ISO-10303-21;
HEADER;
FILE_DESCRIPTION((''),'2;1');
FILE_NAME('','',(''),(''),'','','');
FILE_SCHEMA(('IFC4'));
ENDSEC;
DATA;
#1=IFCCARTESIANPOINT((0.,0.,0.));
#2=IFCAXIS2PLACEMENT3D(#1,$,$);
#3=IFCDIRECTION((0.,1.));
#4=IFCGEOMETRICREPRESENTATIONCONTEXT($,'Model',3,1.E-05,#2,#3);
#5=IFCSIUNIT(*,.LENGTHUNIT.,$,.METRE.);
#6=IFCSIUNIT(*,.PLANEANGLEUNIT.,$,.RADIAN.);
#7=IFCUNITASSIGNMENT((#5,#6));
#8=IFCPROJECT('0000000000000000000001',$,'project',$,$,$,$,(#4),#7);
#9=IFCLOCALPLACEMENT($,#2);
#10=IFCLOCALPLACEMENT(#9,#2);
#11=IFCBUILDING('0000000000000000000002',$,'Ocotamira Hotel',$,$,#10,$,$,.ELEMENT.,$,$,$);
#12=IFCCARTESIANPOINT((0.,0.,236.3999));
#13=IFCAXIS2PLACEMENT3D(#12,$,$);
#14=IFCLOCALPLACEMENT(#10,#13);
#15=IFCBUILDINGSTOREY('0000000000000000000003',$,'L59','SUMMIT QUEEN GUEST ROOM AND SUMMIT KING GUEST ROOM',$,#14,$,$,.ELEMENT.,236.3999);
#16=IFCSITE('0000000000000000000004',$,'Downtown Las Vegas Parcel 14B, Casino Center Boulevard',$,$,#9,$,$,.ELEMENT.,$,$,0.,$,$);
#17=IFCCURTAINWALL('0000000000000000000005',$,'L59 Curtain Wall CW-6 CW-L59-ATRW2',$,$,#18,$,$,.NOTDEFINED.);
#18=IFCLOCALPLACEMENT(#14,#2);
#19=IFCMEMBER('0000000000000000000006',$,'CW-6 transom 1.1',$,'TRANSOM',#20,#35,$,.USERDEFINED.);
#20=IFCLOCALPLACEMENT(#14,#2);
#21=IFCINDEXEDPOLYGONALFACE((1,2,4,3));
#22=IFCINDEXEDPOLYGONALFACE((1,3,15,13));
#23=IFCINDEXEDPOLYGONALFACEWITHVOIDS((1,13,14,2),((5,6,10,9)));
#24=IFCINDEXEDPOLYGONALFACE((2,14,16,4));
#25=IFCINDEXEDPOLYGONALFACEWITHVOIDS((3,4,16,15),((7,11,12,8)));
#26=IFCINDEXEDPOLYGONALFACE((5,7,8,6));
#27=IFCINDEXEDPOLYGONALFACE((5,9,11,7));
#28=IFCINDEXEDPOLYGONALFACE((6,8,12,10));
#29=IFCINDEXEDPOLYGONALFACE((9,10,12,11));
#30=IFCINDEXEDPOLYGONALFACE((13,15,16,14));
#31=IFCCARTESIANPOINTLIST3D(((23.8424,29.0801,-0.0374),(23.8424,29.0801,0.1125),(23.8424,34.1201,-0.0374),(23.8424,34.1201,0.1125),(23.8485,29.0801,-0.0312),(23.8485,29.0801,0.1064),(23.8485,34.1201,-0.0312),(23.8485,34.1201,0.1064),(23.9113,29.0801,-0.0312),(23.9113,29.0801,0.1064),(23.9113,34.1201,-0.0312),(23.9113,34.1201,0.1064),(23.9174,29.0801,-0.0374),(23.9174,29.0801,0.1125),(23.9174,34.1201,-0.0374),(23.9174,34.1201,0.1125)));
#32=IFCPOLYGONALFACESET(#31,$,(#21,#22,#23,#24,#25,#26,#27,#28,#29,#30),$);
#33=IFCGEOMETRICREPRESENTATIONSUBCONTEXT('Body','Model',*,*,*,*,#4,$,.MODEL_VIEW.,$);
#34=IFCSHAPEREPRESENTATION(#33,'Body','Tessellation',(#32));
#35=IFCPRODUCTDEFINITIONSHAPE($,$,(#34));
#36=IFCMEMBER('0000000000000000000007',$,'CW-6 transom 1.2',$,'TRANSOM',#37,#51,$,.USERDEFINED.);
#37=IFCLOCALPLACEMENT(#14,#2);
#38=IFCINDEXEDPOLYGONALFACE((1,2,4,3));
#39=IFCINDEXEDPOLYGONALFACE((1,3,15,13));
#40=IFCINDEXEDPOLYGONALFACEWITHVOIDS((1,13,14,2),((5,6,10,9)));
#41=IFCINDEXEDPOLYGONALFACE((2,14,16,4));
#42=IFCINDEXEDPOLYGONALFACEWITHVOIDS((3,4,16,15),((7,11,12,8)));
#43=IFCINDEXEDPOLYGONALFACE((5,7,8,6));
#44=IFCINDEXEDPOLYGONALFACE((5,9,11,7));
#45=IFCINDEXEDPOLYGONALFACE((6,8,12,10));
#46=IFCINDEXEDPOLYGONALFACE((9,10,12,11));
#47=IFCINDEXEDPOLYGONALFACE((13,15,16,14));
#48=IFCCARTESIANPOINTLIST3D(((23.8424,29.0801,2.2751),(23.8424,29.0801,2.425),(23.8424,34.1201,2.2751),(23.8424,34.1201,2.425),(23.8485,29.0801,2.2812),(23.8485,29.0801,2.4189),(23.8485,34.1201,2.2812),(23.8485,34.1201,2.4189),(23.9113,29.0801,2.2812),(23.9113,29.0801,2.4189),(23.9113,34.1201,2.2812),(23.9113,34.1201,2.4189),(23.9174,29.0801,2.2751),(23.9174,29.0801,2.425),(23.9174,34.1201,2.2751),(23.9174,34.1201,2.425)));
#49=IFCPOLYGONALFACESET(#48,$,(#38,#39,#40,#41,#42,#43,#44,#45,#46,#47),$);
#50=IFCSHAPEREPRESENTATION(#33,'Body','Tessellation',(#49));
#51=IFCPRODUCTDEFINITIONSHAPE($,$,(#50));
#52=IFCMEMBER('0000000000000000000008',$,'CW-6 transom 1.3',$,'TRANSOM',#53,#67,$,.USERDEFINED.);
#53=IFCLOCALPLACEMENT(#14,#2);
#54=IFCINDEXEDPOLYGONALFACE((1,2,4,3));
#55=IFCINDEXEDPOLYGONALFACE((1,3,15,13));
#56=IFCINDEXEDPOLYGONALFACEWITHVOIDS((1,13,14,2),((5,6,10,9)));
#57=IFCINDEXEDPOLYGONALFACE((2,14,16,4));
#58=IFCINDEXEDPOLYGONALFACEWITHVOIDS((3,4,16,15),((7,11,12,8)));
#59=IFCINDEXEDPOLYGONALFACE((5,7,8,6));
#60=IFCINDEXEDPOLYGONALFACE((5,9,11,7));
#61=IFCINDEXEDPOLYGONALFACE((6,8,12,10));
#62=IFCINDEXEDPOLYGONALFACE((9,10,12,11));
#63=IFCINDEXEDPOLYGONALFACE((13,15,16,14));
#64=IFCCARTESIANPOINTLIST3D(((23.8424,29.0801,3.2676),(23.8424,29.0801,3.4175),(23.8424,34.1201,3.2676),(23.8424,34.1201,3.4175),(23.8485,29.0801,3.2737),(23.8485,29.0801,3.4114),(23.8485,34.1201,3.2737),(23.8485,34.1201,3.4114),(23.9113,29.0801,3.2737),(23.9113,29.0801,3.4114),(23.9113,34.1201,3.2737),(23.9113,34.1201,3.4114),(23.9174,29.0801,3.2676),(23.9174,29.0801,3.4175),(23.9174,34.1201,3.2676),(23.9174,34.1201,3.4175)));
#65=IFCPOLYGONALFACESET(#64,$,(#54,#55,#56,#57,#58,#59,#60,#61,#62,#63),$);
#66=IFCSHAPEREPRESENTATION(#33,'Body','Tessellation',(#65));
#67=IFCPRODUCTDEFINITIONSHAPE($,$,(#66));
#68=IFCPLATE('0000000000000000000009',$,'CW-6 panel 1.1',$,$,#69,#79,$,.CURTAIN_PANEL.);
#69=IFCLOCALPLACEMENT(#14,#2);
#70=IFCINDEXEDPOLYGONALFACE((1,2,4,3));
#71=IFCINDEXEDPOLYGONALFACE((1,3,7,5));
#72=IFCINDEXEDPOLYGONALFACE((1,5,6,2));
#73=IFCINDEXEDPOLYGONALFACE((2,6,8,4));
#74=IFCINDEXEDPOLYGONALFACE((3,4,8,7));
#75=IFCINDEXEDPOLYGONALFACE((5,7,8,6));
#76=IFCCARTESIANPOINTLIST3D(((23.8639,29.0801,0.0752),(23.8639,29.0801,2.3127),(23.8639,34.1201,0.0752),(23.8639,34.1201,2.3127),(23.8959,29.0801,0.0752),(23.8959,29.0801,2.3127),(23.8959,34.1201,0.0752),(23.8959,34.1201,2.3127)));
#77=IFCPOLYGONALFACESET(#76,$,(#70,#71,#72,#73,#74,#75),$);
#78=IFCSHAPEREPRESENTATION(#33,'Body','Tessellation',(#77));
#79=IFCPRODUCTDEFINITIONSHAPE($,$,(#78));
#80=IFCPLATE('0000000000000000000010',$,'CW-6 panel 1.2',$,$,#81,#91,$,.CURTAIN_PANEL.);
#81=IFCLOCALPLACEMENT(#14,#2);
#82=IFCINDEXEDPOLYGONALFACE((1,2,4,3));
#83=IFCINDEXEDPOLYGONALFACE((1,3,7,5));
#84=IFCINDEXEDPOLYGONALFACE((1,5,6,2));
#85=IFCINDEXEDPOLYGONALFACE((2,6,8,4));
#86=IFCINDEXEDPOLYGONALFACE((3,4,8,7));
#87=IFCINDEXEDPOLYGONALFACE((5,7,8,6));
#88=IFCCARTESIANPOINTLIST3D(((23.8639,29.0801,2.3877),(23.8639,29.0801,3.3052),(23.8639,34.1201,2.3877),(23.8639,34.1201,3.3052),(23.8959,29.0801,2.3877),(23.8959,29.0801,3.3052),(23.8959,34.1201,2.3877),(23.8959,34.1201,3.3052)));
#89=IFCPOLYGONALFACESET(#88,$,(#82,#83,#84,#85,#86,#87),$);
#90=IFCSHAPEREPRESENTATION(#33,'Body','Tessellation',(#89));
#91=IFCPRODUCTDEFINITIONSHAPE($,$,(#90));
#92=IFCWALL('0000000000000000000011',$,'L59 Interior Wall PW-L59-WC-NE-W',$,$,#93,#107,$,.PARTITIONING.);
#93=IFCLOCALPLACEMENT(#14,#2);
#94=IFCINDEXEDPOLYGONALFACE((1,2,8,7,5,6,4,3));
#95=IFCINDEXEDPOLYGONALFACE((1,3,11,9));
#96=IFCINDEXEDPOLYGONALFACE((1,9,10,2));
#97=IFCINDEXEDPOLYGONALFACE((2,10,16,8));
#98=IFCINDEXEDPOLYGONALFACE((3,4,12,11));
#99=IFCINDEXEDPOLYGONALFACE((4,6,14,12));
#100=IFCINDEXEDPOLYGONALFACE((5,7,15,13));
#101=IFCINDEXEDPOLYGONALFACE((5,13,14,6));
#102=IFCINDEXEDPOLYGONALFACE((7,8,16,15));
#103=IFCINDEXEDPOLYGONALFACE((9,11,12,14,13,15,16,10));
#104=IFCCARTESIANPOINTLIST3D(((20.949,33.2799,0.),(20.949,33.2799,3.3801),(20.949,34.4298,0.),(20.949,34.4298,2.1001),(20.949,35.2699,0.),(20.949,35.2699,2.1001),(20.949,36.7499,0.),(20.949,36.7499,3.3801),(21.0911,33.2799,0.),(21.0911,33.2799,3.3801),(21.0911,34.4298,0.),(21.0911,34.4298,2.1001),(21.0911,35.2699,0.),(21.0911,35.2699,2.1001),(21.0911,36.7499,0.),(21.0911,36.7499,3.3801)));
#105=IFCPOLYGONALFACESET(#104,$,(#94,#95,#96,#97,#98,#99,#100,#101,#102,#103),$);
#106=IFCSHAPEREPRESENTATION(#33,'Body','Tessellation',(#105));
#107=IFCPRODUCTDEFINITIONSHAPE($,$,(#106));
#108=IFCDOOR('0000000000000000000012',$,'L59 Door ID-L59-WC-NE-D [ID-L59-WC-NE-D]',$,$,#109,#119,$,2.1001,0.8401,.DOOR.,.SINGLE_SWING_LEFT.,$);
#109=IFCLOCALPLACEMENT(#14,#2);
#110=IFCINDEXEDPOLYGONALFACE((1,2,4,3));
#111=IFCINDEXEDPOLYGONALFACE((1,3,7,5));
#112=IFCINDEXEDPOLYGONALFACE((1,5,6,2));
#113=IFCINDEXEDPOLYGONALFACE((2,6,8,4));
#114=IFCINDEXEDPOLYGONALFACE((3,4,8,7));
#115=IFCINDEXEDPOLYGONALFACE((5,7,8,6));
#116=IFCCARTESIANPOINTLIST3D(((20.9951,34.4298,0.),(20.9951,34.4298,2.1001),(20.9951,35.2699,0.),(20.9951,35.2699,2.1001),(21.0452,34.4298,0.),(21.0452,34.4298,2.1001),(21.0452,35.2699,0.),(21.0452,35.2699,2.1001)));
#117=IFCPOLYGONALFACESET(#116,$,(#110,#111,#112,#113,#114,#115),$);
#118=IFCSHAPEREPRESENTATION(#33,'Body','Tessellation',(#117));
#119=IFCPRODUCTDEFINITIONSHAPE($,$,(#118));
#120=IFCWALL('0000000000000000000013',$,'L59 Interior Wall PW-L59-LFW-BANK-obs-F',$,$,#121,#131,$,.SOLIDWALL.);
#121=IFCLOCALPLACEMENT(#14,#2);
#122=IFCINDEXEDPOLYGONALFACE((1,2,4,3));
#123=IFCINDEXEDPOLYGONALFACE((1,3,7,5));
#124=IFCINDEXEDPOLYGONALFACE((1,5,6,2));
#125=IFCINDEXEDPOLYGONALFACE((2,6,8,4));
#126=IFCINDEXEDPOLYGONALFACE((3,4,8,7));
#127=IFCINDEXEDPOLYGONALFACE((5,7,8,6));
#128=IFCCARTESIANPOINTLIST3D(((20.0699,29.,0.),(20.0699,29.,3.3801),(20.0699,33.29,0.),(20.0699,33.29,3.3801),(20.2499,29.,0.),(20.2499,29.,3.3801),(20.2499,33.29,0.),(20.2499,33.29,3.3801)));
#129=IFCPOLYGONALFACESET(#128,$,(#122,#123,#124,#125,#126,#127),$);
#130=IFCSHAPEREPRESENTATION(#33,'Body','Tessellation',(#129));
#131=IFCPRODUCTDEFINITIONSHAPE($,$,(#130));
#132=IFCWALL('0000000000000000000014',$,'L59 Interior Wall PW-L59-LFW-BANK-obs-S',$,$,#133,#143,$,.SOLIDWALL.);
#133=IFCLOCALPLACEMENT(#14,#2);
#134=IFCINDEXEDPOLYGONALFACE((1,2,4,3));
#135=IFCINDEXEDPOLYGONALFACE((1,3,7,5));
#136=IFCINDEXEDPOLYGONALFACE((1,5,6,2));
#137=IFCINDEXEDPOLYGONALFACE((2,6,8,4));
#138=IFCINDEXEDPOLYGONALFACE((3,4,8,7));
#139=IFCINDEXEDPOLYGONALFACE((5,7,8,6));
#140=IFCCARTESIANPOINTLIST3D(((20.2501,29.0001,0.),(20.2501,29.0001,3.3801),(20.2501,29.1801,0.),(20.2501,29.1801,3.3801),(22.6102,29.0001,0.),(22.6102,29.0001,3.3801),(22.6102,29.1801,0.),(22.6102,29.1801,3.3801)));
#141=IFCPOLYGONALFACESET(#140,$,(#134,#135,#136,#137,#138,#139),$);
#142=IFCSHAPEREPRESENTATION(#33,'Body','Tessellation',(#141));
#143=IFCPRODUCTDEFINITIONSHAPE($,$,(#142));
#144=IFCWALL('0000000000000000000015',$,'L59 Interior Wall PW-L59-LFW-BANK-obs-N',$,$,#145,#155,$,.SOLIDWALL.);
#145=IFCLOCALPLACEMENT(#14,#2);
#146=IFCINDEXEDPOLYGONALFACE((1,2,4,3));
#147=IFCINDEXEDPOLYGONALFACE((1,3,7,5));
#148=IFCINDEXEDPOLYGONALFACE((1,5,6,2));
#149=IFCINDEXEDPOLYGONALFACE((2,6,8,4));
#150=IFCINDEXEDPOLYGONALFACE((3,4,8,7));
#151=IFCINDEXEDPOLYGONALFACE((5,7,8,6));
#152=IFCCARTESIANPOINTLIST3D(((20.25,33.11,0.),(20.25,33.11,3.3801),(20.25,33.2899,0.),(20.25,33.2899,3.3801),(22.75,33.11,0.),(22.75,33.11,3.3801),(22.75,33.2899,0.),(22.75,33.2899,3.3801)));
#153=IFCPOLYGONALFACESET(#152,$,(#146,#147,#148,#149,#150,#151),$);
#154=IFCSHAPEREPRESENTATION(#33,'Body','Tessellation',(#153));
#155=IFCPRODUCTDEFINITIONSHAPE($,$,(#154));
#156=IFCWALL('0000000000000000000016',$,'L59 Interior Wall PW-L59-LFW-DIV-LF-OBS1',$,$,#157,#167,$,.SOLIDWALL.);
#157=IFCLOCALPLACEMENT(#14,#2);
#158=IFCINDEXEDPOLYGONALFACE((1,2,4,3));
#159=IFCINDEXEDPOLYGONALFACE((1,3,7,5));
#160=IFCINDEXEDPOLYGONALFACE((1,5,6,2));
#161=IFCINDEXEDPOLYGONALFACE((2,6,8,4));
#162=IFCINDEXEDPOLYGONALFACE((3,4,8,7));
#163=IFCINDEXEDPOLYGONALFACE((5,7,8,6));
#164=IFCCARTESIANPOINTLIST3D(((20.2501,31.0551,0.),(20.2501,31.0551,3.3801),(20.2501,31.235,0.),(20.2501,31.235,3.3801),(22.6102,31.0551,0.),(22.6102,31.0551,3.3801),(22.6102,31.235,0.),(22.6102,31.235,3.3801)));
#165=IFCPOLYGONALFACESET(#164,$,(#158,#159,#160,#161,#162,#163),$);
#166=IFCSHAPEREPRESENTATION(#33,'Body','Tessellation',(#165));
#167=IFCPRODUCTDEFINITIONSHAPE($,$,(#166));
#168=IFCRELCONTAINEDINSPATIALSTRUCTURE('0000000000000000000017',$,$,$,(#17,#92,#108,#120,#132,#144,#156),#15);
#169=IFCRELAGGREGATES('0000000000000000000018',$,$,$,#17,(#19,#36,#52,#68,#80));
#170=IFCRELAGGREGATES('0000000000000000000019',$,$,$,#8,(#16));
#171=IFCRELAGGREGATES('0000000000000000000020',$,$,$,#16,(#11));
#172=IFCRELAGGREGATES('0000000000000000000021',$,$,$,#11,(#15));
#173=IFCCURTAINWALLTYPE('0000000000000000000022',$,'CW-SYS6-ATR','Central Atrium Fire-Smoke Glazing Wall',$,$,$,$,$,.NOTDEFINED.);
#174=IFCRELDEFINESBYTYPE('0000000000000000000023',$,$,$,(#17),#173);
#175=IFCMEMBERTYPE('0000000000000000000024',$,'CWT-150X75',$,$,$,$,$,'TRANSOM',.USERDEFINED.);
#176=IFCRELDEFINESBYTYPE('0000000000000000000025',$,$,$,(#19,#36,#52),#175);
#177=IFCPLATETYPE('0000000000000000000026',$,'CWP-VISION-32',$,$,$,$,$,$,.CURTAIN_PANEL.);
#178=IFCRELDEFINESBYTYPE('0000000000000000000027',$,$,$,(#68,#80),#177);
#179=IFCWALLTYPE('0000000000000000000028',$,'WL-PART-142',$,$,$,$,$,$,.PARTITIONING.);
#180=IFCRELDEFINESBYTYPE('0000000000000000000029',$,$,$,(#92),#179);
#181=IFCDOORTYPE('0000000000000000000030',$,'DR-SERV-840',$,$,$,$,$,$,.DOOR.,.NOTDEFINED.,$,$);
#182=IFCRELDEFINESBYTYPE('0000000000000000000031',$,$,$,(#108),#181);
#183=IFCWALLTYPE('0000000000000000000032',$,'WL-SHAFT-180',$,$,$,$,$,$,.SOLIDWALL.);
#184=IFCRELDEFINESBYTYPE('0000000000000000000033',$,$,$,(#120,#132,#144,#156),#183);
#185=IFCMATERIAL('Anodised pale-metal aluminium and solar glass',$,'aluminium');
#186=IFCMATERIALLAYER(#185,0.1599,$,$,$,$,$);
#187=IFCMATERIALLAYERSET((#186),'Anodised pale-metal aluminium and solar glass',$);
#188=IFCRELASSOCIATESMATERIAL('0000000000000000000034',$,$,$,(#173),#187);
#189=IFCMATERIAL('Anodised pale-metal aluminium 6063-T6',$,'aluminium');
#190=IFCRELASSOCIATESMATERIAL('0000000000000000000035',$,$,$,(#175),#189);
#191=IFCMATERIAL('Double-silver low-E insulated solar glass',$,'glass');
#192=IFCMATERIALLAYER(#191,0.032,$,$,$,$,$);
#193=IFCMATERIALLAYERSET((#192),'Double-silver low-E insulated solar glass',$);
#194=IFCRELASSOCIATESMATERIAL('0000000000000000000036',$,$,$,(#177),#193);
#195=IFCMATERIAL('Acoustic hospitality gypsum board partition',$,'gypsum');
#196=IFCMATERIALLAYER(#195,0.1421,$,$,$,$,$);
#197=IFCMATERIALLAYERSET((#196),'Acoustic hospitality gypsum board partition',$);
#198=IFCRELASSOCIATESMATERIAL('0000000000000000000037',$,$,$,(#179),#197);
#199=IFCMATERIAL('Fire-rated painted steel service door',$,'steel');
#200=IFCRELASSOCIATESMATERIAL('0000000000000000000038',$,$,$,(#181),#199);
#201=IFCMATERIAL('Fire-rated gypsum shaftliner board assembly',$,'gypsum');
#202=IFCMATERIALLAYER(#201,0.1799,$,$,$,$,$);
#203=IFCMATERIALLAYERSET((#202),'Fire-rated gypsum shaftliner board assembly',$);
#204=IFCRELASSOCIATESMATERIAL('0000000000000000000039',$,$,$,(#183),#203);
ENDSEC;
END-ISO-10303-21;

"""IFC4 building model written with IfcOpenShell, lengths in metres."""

from ifc_helpers import new_model, si_unit, direction, frame, frame_2d, origin, origin_2d, place, context, subcontext, project, spatial, rectangle, hollow_rectangle, extrude, source, transform, mapped, material, layer, layer_set, material_profile, profile_set, type_object, element, fill, aggregate, save


model = new_model("IFC4")

# Units and contexts
model_context = context("Model", 3, precision=1e-05, world=origin(), true_north=direction((0.0, 1.0)))
body_context = subcontext(model_context, "Body", "Model", "MODEL_VIEW")
ifc_project = project(units=[si_unit("LENGTHUNIT", "METRE"), si_unit("PLANEANGLEUNIT", "RADIAN")], contexts=[model_context])

# Site, building, storey
site_placement = place(None, origin())
site = spatial("IfcSite", under=ifc_project, at=site_placement, Name="Downtown Las Vegas Parcel 14B, Casino Center Boulevard", CompositionType="ELEMENT", RefElevation=0.0)
building_placement = place(site_placement, origin())
building = spatial("IfcBuilding", under=site, at=building_placement, Name="Ocotamira Hotel", CompositionType="ELEMENT")
storey_placement = place(building_placement, frame((0.0, 0.0, 236.3999)))
storey = spatial("IfcBuildingStorey", under=building, at=storey_placement, Name="L59", Description="SUMMIT QUEEN GUEST ROOM AND SUMMIT KING GUEST ROOM", CompositionType="ELEMENT", Elevation=236.3999)

# Shared definitions
ifc_material_1 = material(Name="Anodised pale-metal aluminium and solar glass", Category="aluminium")
ifc_layer_1 = layer(ifc_material_1, 0.1599)
ifc_layer_set_1 = layer_set([ifc_layer_1], Name="Anodised pale-metal aluminium and solar glass")
curtain_wall_type = type_object("IfcCurtainWallType", Name="CW-SYS6-ATR", Description="Central Atrium Fire-Smoke Glazing Wall", PredefinedType="NOTDEFINED", material=ifc_layer_set_1)
ifc_material_2 = material(Name="Anodised pale-metal aluminium 6063-T6", Category="aluminium")

# Curtain wall, members, plates
curtain_wall_1_placement = place(storey_placement, origin())
curtain_wall_1 = element("IfcCurtainWall", 1, at=curtain_wall_1_placement, inside=storey, type_object=curtain_wall_type, Name="L59 Curtain Wall CW-6 CW-L59-ATRW2", PredefinedType="NOTDEFINED")
ifc_material_profile_1 = material_profile(ifc_material_2, hollow_rectangle(XDim=0.075, YDim=0.1499, WallThickness=0.0061, at=origin_2d()), Name="HSS150X75X6")
ifc_profile_set_1 = profile_set([ifc_material_profile_1], Name="Anodised pale-metal aluminium 6063-T6")
member_type_1 = type_object("IfcMemberType", Name="CWT-150X75", ElementType="TRANSOM", PredefinedType="USERDEFINED", material=ifc_profile_set_1)
shared_shape_1 = source(origin(), body_context, "Body", "SweptSolid", [
    extrude(hollow_rectangle(XDim=0.075, YDim=0.1499, WallThickness=0.0061, at=origin_2d()), origin(), (0.0, 0.0, 1.0), 5.04),
])
member_1_placement = place(storey_placement, frame((23.8799, 29.0801, 0.0376), z_axis=(0.0, 1.0, 0.0), x_axis=(-1.0, 0.0, 0.0)))
member_1 = element("IfcMember", 2, at=member_1_placement, type_object=member_type_1, Name="CW-6 transom 1.1", ObjectType="TRANSOM", PredefinedType="USERDEFINED", context=body_context, shape_type="MappedRepresentation", body=[
    mapped(shared_shape_1, transform((0.0, 0.0, 0.0), scale=1.0)),
])
member_2_placement = place(storey_placement, frame((23.8799, 29.0801, 2.3501), z_axis=(0.0, 1.0, 0.0), x_axis=(-1.0, 0.0, 0.0)))
member_2 = element("IfcMember", 3, at=member_2_placement, type_object=member_type_1, Name="CW-6 transom 1.2", ObjectType="TRANSOM", PredefinedType="USERDEFINED", context=body_context, shape_type="MappedRepresentation", body=[
    mapped(shared_shape_1, transform((0.0, 0.0, 0.0), scale=1.0)),
])
member_3_placement = place(storey_placement, frame((23.8799, 29.0801, 3.3425), z_axis=(0.0, 1.0, 0.0), x_axis=(-1.0, 0.0, 0.0)))
member_3 = element("IfcMember", 4, at=member_3_placement, type_object=member_type_1, Name="CW-6 transom 1.3", ObjectType="TRANSOM", PredefinedType="USERDEFINED", context=body_context, shape_type="MappedRepresentation", body=[
    mapped(shared_shape_1, transform((0.0, 0.0, 0.0), scale=1.0)),
])
ifc_material_3 = material(Name="Double-silver low-E insulated solar glass", Category="glass")
ifc_layer_2 = layer(ifc_material_3, 0.032)
ifc_layer_set_2 = layer_set([ifc_layer_2], Name="Double-silver low-E insulated solar glass")
plate_type = type_object("IfcPlateType", Name="CWP-VISION-32", PredefinedType="CURTAIN_PANEL", material=ifc_layer_set_2)
shared_shape_2 = source(origin(), body_context, "Body", "SweptSolid", [
    extrude(rectangle(XDim=5.04, YDim=0.032, at=origin_2d()), origin(), (0.0, 0.0, 1.0), 2.2375),
])
plate_1_placement = place(storey_placement, frame((23.8799, 31.6001, 0.0752), z_axis=(0.0, 0.0, 1.0), x_axis=(0.0, 1.0, 0.0)))
plate_1 = element("IfcPlate", 5, at=plate_1_placement, type_object=plate_type, Name="CW-6 panel 1.1", PredefinedType="CURTAIN_PANEL", context=body_context, shape_type="MappedRepresentation", body=[
    mapped(shared_shape_2, transform((0.0, 0.0, 0.0), scale=1.0)),
])
shared_shape_3 = source(origin(), body_context, "Body", "SweptSolid", [
    extrude(rectangle(XDim=5.04, YDim=0.032, at=origin_2d()), origin(), (0.0, 0.0, 1.0), 0.9175),
])
plate_2_placement = place(storey_placement, frame((23.8799, 31.6001, 2.3877), z_axis=(0.0, 0.0, 1.0), x_axis=(0.0, 1.0, 0.0)))
plate_2 = element("IfcPlate", 6, at=plate_2_placement, type_object=plate_type, Name="CW-6 panel 1.2", PredefinedType="CURTAIN_PANEL", context=body_context, shape_type="MappedRepresentation", body=[
    mapped(shared_shape_3, transform((0.0, 0.0, 0.0), scale=1.0)),
])
aggregate(curtain_wall_1, [member_1, member_2, member_3, plate_1, plate_2])

# Wall, opening, door
ifc_material_4 = material(Name="Acoustic hospitality gypsum board partition", Category="gypsum")
ifc_layer_3 = layer(ifc_material_4, 0.1421)
ifc_layer_set_3 = layer_set([ifc_layer_3], Name="Acoustic hospitality gypsum board partition")
wall_type_1 = type_object("IfcWallType", Name="WL-PART-142", PredefinedType="PARTITIONING", material=ifc_layer_set_3)
wall_1_placement = place(storey_placement, frame((21.02, 33.28, 0.0), z_axis=(0.0, 0.0, 1.0), x_axis=(0.0, 1.0, 0.0)))
wall_1 = element("IfcWall", 7, at=wall_1_placement, inside=storey, type_object=wall_type_1, Name="L59 Interior Wall PW-L59-WC-NE-W", PredefinedType="PARTITIONING", context=body_context, shape_type="SweptSolid", body=[
    extrude(rectangle(XDim=3.47, YDim=0.1421, at=frame_2d((1.7349, 0.0))), origin(), (0.0, 0.0, 1.0), 3.3801),
])
opening_1_placement = place(wall_1_placement, frame((1.1499, 0.0, 0.0)))
opening_1 = element("IfcOpeningElement", 8, at=opening_1_placement, cuts=wall_1, PredefinedType="OPENING", context=body_context, shape_type="SweptSolid", body=[
    extrude(rectangle(XDim=0.8401, YDim=2.1001, at=frame_2d((0.4199, 1.05))), frame((0.0, 0.0811, 0.0), z_axis=(0.0, -1.0, 0.0), x_axis=(1.0, 0.0, 0.0)), (0.0, 0.0, 1.0), 0.1621),
])
ifc_material_5 = material(Name="Fire-rated painted steel service door", Category="steel")
door_type_1 = type_object("IfcDoorType", Name="DR-SERV-840", OperationType="NOTDEFINED", PredefinedType="DOOR", material=ifc_material_5)
shared_shape_4 = source(origin(), body_context, "Body", "SweptSolid", [
    extrude(rectangle(XDim=0.8401, YDim=2.1001, at=frame_2d((0.4199, 1.05))), frame((0.0, 0.0249, 0.0), z_axis=(0.0, -1.0, 0.0), x_axis=(1.0, 0.0, 0.0)), (0.0, 0.0, 1.0), 0.05),
])
door_1_placement = place(opening_1_placement, origin())
door_1 = element("IfcDoor", 9, at=door_1_placement, inside=storey, type_object=door_type_1, Name="L59 Door ID-L59-WC-NE-D [ID-L59-WC-NE-D]", OperationType="SINGLE_SWING_LEFT", OverallHeight=2.1001, OverallWidth=0.8401, PredefinedType="DOOR", context=body_context, shape_type="MappedRepresentation", body=[
    mapped(shared_shape_4, transform((0.0, 0.0, 0.0), scale=1.0)),
])
fill(opening_1, door_1)

# Walls
ifc_material_6 = material(Name="Fire-rated gypsum shaftliner board assembly", Category="gypsum")
ifc_layer_4 = layer(ifc_material_6, 0.1799)
ifc_layer_set_4 = layer_set([ifc_layer_4], Name="Fire-rated gypsum shaftliner board assembly")
wall_type_2 = type_object("IfcWallType", Name="WL-SHAFT-180", PredefinedType="SOLIDWALL", material=ifc_layer_set_4)
wall_2_placement = place(storey_placement, frame((20.1599, 29.0, 0.0), z_axis=(0.0, 0.0, 1.0), x_axis=(0.0, 1.0, 0.0)))
element("IfcWall", 10, at=wall_2_placement, inside=storey, type_object=wall_type_2, Name="L59 Interior Wall PW-L59-LFW-BANK-obs-F", PredefinedType="SOLIDWALL", context=body_context, shape_type="SweptSolid", body=[
    extrude(rectangle(XDim=4.29, YDim=0.1799, at=frame_2d((2.145, 0.0))), origin(), (0.0, 0.0, 1.0), 3.3801),
])
wall_3_placement = place(storey_placement, frame((20.25, 29.0901, 0.0), z_axis=(0.0, 0.0, 1.0), x_axis=(1.0, 0.0, 0.0)))
element("IfcWall", 11, at=wall_3_placement, inside=storey, type_object=wall_type_2, Name="L59 Interior Wall PW-L59-LFW-BANK-obs-S", PredefinedType="SOLIDWALL", context=body_context, shape_type="SweptSolid", body=[
    extrude(rectangle(XDim=2.3601, YDim=0.1799, at=frame_2d((1.1802, 0.0))), origin(), (0.0, 0.0, 1.0), 3.3801),
])
wall_4_placement = place(storey_placement, frame((20.25, 33.2, 0.0), z_axis=(0.0, 0.0, 1.0), x_axis=(1.0, 0.0, 0.0)))
element("IfcWall", 12, at=wall_4_placement, inside=storey, type_object=wall_type_2, Name="L59 Interior Wall PW-L59-LFW-BANK-obs-N", PredefinedType="SOLIDWALL", context=body_context, shape_type="SweptSolid", body=[
    extrude(rectangle(XDim=2.5, YDim=0.1799, at=frame_2d((1.25, 0.0))), origin(), (0.0, 0.0, 1.0), 3.3801),
])
wall_5_placement = place(storey_placement, frame((20.25, 31.145, 0.0), z_axis=(0.0, 0.0, 1.0), x_axis=(1.0, 0.0, 0.0)))
element("IfcWall", 13, at=wall_5_placement, inside=storey, type_object=wall_type_2, Name="L59 Interior Wall PW-L59-LFW-DIV-LF-OBS1", PredefinedType="SOLIDWALL", context=body_context, shape_type="SweptSolid", body=[
    extrude(rectangle(XDim=2.3601, YDim=0.1799, at=frame_2d((1.1802, 0.0))), origin(), (0.0, 0.0, 1.0), 3.3801),
])

save(model, "model.ifc")
